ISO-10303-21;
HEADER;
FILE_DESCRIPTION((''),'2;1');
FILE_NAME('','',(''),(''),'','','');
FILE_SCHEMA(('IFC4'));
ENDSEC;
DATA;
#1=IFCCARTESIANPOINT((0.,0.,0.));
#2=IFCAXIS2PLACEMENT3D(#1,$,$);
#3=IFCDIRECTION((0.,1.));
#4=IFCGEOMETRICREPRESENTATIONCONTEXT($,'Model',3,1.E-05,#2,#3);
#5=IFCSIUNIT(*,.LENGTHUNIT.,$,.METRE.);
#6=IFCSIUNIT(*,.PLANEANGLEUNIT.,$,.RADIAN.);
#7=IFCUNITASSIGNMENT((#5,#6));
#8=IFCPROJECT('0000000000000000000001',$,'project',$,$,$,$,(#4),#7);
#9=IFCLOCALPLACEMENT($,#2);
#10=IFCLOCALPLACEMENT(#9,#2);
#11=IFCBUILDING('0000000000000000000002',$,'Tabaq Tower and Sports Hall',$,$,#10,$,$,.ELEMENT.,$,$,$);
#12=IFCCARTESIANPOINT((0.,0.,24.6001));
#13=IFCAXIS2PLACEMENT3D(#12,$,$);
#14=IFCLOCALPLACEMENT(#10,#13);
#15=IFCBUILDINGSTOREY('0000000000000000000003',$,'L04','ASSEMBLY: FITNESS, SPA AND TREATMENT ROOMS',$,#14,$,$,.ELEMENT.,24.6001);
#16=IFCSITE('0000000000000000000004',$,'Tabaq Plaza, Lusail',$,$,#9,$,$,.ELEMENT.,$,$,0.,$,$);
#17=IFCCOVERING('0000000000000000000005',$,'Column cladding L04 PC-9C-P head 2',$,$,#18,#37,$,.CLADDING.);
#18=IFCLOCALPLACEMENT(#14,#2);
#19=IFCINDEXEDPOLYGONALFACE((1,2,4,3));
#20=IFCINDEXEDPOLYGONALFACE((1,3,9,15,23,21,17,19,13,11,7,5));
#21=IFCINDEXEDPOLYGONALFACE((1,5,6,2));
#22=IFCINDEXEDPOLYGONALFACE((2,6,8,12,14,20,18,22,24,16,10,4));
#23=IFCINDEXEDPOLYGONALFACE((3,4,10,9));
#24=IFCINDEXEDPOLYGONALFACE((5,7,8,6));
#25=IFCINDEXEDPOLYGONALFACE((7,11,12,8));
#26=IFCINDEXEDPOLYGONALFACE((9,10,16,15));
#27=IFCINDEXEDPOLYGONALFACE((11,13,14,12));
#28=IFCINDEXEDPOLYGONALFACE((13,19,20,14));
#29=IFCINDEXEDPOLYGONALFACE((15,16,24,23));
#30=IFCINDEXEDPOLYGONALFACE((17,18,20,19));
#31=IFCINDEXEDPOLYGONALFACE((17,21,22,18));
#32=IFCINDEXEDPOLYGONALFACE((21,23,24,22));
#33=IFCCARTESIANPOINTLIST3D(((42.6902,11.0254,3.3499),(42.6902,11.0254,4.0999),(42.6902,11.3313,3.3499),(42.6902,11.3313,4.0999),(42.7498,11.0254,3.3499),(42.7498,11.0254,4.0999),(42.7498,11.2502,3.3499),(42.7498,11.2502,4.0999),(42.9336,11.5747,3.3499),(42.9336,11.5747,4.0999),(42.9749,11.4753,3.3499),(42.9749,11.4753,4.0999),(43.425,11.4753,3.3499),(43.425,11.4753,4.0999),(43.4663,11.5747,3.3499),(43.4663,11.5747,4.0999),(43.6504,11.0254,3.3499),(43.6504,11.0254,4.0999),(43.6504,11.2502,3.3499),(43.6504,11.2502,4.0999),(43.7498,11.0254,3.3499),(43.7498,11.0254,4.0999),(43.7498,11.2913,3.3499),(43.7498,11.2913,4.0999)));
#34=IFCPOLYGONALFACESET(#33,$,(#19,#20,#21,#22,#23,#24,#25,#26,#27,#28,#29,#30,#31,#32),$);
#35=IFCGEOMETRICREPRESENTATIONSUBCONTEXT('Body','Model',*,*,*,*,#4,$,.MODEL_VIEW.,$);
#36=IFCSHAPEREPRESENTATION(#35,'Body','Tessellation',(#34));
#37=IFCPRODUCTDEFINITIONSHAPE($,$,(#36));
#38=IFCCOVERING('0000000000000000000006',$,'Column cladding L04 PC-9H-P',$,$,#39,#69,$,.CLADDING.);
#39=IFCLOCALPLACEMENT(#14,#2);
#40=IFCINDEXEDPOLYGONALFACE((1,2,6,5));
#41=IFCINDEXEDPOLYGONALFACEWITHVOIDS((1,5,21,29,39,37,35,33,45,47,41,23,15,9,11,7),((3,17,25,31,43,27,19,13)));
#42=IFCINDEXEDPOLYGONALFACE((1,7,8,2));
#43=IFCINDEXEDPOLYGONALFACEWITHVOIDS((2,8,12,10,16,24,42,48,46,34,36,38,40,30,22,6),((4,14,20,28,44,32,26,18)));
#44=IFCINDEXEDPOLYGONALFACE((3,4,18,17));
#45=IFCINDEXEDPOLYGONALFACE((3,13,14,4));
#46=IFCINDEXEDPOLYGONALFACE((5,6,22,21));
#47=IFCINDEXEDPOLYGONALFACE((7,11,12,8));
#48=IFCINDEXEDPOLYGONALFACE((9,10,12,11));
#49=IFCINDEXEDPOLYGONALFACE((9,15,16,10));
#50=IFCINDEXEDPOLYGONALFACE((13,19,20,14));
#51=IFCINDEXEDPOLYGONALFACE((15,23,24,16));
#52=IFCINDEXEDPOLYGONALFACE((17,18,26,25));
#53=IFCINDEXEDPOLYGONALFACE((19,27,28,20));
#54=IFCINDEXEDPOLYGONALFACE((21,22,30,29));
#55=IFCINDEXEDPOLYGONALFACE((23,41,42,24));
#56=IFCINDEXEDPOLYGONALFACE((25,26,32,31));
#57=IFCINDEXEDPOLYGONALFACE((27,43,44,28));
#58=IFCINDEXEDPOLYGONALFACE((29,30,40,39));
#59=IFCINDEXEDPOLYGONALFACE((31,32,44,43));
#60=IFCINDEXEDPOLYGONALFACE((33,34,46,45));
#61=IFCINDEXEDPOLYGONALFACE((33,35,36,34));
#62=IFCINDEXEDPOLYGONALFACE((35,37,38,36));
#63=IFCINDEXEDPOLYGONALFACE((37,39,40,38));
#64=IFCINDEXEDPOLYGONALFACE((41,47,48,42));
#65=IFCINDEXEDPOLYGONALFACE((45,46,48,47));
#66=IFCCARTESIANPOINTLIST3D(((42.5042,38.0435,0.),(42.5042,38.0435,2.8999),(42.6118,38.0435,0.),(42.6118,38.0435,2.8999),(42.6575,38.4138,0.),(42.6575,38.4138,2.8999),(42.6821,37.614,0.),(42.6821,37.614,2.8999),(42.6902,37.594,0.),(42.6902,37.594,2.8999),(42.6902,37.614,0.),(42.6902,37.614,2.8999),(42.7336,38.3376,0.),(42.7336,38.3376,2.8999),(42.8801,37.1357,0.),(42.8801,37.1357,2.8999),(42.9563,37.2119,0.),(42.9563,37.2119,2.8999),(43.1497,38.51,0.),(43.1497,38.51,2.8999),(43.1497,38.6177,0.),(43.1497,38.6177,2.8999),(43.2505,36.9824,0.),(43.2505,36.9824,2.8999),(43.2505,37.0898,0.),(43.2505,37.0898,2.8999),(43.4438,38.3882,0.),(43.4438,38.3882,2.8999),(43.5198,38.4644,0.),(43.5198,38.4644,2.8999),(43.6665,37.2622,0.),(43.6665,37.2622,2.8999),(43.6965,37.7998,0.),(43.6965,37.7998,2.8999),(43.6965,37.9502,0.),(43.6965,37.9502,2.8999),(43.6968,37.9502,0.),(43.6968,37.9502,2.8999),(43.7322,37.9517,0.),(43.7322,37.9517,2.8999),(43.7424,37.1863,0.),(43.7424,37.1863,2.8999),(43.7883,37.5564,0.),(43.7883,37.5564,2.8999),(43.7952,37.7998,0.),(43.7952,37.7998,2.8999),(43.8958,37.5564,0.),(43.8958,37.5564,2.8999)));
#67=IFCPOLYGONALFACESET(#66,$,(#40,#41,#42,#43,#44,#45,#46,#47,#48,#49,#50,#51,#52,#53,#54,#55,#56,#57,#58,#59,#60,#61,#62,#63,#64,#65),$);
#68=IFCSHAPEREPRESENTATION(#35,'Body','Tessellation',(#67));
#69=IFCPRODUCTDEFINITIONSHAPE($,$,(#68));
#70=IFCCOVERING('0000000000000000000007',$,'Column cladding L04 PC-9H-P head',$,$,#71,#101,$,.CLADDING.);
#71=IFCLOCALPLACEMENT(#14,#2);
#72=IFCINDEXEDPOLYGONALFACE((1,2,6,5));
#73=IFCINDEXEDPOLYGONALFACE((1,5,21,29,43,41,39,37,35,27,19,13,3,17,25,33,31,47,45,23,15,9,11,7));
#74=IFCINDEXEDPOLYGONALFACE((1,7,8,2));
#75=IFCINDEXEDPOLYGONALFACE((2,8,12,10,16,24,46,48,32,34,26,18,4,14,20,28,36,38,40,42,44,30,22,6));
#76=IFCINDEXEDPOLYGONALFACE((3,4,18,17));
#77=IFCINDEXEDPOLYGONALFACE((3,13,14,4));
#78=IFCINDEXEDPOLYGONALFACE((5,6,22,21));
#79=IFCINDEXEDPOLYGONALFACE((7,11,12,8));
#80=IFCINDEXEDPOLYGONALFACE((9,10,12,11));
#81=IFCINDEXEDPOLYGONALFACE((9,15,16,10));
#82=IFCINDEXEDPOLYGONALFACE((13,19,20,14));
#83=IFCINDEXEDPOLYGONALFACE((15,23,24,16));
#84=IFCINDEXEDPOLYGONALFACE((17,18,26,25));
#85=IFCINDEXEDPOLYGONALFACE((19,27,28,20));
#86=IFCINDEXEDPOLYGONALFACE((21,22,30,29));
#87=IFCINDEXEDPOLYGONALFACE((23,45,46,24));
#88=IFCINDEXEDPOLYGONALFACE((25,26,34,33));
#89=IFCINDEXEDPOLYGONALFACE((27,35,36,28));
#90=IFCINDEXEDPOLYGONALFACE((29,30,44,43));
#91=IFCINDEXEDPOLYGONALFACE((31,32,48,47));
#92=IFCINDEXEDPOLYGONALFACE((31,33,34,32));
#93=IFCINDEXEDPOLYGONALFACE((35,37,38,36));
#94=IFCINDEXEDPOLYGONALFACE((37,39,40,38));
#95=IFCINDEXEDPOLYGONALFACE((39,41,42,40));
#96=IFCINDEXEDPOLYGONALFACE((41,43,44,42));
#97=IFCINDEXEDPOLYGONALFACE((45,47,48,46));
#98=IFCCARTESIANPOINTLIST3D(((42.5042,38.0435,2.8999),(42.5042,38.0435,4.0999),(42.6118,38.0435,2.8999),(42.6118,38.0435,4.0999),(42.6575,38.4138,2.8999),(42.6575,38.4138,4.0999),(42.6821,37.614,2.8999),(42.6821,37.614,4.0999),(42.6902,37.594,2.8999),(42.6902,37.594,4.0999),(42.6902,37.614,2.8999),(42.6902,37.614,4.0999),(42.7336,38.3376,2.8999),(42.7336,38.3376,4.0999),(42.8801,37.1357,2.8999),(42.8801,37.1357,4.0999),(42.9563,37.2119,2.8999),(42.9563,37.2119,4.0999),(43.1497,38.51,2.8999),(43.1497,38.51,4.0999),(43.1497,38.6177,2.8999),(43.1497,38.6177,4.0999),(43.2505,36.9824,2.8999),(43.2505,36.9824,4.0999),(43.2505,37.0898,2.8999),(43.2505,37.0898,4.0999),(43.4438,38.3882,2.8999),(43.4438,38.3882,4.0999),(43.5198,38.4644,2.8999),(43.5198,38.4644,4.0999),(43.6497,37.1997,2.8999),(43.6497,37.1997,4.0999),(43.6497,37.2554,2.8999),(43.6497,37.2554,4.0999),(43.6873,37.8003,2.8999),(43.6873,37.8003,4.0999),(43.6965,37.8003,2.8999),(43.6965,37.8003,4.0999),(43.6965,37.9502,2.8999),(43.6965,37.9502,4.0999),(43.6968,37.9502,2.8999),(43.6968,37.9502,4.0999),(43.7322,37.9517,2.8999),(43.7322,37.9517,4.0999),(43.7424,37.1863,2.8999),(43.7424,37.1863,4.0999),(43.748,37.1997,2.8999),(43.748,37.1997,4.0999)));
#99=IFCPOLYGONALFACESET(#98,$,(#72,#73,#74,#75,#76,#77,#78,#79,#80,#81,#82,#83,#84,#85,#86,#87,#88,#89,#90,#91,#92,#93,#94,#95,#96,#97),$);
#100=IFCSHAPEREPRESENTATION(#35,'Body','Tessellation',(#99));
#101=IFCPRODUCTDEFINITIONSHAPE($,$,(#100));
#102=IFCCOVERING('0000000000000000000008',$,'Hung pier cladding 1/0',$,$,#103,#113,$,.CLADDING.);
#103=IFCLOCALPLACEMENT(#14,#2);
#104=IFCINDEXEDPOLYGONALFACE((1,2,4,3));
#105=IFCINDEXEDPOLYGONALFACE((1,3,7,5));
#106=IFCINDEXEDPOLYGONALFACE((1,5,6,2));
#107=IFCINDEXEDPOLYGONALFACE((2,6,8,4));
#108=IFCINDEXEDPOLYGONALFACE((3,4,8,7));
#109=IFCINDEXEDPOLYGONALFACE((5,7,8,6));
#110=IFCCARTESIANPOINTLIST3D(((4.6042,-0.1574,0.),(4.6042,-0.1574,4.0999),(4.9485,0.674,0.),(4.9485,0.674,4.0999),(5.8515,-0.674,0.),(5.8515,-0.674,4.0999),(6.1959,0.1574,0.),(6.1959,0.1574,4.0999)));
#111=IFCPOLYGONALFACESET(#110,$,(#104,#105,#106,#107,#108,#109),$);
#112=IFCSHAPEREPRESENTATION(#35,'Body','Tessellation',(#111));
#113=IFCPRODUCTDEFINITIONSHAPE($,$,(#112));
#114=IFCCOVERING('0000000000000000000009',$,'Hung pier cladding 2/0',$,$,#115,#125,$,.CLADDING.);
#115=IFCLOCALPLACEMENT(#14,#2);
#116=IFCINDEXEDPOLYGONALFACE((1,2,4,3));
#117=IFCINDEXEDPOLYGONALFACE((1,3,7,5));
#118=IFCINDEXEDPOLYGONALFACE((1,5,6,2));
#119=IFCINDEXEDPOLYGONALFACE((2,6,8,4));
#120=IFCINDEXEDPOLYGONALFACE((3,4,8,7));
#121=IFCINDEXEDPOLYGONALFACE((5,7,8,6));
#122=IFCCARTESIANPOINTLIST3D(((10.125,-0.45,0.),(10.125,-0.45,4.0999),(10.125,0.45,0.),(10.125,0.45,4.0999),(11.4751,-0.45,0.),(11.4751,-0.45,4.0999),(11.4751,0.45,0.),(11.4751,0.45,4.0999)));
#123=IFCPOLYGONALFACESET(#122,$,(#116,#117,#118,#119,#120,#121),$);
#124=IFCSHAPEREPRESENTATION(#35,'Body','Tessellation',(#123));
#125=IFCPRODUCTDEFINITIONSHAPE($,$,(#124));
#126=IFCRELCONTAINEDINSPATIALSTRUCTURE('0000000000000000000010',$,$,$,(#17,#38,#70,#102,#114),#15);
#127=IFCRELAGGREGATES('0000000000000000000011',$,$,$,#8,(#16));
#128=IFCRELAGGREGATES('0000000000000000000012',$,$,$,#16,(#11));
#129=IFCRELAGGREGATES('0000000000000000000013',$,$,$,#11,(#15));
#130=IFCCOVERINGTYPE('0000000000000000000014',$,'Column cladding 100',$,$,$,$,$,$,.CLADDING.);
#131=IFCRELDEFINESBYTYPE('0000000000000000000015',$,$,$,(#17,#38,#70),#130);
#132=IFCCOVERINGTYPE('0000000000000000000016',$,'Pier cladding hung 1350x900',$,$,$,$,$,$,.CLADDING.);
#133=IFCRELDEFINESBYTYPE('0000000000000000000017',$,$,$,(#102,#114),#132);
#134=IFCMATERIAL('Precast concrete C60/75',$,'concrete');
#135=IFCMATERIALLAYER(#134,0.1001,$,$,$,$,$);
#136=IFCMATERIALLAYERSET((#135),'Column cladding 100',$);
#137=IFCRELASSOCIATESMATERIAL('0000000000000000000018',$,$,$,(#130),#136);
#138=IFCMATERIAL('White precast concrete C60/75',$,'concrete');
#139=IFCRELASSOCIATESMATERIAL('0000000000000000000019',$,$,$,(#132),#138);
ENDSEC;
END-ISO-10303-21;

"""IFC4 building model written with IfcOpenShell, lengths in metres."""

from ifc_helpers import new_model, si_unit, direction, frame, frame_2d, origin, place, context, subcontext, project, spatial, polyline, rectangle, outline, extrude, material, layer, layer_set, type_object, element, save


model = new_model("IFC4")

# Units and contexts
model_context = context("Model", 3, precision=1e-05, world=origin(), true_north=direction((0.0, 1.0)))
body_context = subcontext(model_context, "Body", "Model", "MODEL_VIEW")
ifc_project = project(units=[si_unit("LENGTHUNIT", "METRE"), si_unit("PLANEANGLEUNIT", "RADIAN")], contexts=[model_context])

# Site, building, storey
site_placement = place(None, origin())
site = spatial("IfcSite", under=ifc_project, at=site_placement, Name="Tabaq Plaza, Lusail", CompositionType="ELEMENT", RefElevation=0.0)
building_placement = place(site_placement, origin())
building = spatial("IfcBuilding", under=site, at=building_placement, Name="Tabaq Tower and Sports Hall", CompositionType="ELEMENT")
storey_placement = place(building_placement, frame((0.0, 0.0, 24.6001)))
storey = spatial("IfcBuildingStorey", under=building, at=storey_placement, Name="L04", Description="ASSEMBLY: FITNESS, SPA AND TREATMENT ROOMS", CompositionType="ELEMENT", Elevation=24.6001)

# Coverings
ifc_material_1 = material(Name="Precast concrete C60/75", Category="concrete")
ifc_layer_1 = layer(ifc_material_1, 0.1001)
ifc_layer_set_1 = layer_set([ifc_layer_1], Name="Column cladding 100")
covering_type_1 = type_object("IfcCoveringType", Name="Column cladding 100", PredefinedType="CLADDING", material=ifc_layer_set_1)
covering_1_placement = place(storey_placement, frame((0.0, 0.0, 3.3499)))
element("IfcCovering", 1, at=covering_1_placement, inside=storey, type_object=covering_type_1, Name="Column cladding L04 PC-9C-P head 2", PredefinedType="CLADDING", context=body_context, shape_type="SweptSolid", body=[
    extrude(outline(polyline([(42.6902, 11.3313), (42.9336, 11.5747), (43.4663, 11.5747), (43.7498, 11.2913), (43.7498, 11.0254), (43.6504, 11.0254), (43.6504, 11.2502), (43.425, 11.4753), (42.9749, 11.4753), (42.7498, 11.2502), (42.7498, 11.0254), (42.6902, 11.0254), (42.6902, 11.3313)])), origin(), (0.0, 0.0, 1.0), 0.75),
])
covering_2_placement = place(storey_placement, origin())
element("IfcCovering", 2, at=covering_2_placement, inside=storey, type_object=covering_type_1, Name="Column cladding L04 PC-9H-P", PredefinedType="CLADDING", context=body_context, shape_type="SweptSolid", body=[
    extrude(outline(polyline([(43.2505, 36.9824), (42.8801, 37.1357), (42.6902, 37.594), (42.6902, 37.614), (42.6821, 37.614), (42.5042, 38.0435), (42.6575, 38.4138), (43.1497, 38.6177), (43.5198, 38.4644), (43.7322, 37.9517), (43.6968, 37.9502), (43.6965, 37.9502), (43.6965, 37.7998), (43.7952, 37.7998), (43.8958, 37.5564), (43.7424, 37.1863), (43.2505, 36.9824)]), holes=[polyline([(43.1497, 38.51), (42.7336, 38.3376), (42.6118, 38.0435), (42.9563, 37.2119), (43.2505, 37.0898), (43.6665, 37.2622), (43.7883, 37.5564), (43.4438, 38.3882), (43.1497, 38.51)])]), origin(), (0.0, 0.0, 1.0), 2.8999),
])
covering_3_placement = place(storey_placement, frame((0.0, 0.0, 2.8999)))
element("IfcCovering", 3, at=covering_3_placement, inside=storey, type_object=covering_type_1, Name="Column cladding L04 PC-9H-P head", PredefinedType="CLADDING", context=body_context, shape_type="SweptSolid", body=[
    extrude(outline(polyline([(42.8801, 37.1357), (42.6902, 37.594), (42.6902, 37.614), (42.6821, 37.614), (42.5042, 38.0435), (42.6575, 38.4138), (43.1497, 38.6177), (43.5198, 38.4644), (43.7322, 37.9517), (43.6968, 37.9502), (43.6965, 37.9502), (43.6965, 37.8003), (43.6873, 37.8003), (43.4438, 38.3882), (43.1497, 38.51), (42.7336, 38.3376), (42.6118, 38.0435), (42.9563, 37.2119), (43.2505, 37.0898), (43.6497, 37.2554), (43.6497, 37.1997), (43.748, 37.1997), (43.7424, 37.1863), (43.2505, 36.9824), (42.8801, 37.1357)])), origin(), (0.0, 0.0, 1.0), 1.2),
])
ifc_material_2 = material(Name="White precast concrete C60/75", Category="concrete")
covering_type_2 = type_object("IfcCoveringType", Name="Pier cladding hung 1350x900", PredefinedType="CLADDING", material=ifc_material_2)
for number, where, z_axis, x_axis, name in (
    (4, (4.7764, 0.2583, 0.0), (0.0, 0.0, 1.0), (0.923893, -0.38265, 0.0), "Hung pier cladding 1/0"),
    (5, (10.125, 0.0, 0.0), (0.0, 0.0, 1.0), (1.0, 0.0, 0.0), "Hung pier cladding 2/0"),
):
    element("IfcCovering", number, at=place(storey_placement, frame(where, z_axis=z_axis, x_axis=x_axis)), inside=storey, type_object=covering_type_2, Name=name, PredefinedType="CLADDING", context=body_context, shape_type="SweptSolid", body=[
        extrude(rectangle(XDim=1.3501, YDim=0.8999, at=frame_2d((0.675, 0.0))), origin(), (0.0, 0.0, 1.0), 4.0999),
    ])

save(model, "model.ifc")
